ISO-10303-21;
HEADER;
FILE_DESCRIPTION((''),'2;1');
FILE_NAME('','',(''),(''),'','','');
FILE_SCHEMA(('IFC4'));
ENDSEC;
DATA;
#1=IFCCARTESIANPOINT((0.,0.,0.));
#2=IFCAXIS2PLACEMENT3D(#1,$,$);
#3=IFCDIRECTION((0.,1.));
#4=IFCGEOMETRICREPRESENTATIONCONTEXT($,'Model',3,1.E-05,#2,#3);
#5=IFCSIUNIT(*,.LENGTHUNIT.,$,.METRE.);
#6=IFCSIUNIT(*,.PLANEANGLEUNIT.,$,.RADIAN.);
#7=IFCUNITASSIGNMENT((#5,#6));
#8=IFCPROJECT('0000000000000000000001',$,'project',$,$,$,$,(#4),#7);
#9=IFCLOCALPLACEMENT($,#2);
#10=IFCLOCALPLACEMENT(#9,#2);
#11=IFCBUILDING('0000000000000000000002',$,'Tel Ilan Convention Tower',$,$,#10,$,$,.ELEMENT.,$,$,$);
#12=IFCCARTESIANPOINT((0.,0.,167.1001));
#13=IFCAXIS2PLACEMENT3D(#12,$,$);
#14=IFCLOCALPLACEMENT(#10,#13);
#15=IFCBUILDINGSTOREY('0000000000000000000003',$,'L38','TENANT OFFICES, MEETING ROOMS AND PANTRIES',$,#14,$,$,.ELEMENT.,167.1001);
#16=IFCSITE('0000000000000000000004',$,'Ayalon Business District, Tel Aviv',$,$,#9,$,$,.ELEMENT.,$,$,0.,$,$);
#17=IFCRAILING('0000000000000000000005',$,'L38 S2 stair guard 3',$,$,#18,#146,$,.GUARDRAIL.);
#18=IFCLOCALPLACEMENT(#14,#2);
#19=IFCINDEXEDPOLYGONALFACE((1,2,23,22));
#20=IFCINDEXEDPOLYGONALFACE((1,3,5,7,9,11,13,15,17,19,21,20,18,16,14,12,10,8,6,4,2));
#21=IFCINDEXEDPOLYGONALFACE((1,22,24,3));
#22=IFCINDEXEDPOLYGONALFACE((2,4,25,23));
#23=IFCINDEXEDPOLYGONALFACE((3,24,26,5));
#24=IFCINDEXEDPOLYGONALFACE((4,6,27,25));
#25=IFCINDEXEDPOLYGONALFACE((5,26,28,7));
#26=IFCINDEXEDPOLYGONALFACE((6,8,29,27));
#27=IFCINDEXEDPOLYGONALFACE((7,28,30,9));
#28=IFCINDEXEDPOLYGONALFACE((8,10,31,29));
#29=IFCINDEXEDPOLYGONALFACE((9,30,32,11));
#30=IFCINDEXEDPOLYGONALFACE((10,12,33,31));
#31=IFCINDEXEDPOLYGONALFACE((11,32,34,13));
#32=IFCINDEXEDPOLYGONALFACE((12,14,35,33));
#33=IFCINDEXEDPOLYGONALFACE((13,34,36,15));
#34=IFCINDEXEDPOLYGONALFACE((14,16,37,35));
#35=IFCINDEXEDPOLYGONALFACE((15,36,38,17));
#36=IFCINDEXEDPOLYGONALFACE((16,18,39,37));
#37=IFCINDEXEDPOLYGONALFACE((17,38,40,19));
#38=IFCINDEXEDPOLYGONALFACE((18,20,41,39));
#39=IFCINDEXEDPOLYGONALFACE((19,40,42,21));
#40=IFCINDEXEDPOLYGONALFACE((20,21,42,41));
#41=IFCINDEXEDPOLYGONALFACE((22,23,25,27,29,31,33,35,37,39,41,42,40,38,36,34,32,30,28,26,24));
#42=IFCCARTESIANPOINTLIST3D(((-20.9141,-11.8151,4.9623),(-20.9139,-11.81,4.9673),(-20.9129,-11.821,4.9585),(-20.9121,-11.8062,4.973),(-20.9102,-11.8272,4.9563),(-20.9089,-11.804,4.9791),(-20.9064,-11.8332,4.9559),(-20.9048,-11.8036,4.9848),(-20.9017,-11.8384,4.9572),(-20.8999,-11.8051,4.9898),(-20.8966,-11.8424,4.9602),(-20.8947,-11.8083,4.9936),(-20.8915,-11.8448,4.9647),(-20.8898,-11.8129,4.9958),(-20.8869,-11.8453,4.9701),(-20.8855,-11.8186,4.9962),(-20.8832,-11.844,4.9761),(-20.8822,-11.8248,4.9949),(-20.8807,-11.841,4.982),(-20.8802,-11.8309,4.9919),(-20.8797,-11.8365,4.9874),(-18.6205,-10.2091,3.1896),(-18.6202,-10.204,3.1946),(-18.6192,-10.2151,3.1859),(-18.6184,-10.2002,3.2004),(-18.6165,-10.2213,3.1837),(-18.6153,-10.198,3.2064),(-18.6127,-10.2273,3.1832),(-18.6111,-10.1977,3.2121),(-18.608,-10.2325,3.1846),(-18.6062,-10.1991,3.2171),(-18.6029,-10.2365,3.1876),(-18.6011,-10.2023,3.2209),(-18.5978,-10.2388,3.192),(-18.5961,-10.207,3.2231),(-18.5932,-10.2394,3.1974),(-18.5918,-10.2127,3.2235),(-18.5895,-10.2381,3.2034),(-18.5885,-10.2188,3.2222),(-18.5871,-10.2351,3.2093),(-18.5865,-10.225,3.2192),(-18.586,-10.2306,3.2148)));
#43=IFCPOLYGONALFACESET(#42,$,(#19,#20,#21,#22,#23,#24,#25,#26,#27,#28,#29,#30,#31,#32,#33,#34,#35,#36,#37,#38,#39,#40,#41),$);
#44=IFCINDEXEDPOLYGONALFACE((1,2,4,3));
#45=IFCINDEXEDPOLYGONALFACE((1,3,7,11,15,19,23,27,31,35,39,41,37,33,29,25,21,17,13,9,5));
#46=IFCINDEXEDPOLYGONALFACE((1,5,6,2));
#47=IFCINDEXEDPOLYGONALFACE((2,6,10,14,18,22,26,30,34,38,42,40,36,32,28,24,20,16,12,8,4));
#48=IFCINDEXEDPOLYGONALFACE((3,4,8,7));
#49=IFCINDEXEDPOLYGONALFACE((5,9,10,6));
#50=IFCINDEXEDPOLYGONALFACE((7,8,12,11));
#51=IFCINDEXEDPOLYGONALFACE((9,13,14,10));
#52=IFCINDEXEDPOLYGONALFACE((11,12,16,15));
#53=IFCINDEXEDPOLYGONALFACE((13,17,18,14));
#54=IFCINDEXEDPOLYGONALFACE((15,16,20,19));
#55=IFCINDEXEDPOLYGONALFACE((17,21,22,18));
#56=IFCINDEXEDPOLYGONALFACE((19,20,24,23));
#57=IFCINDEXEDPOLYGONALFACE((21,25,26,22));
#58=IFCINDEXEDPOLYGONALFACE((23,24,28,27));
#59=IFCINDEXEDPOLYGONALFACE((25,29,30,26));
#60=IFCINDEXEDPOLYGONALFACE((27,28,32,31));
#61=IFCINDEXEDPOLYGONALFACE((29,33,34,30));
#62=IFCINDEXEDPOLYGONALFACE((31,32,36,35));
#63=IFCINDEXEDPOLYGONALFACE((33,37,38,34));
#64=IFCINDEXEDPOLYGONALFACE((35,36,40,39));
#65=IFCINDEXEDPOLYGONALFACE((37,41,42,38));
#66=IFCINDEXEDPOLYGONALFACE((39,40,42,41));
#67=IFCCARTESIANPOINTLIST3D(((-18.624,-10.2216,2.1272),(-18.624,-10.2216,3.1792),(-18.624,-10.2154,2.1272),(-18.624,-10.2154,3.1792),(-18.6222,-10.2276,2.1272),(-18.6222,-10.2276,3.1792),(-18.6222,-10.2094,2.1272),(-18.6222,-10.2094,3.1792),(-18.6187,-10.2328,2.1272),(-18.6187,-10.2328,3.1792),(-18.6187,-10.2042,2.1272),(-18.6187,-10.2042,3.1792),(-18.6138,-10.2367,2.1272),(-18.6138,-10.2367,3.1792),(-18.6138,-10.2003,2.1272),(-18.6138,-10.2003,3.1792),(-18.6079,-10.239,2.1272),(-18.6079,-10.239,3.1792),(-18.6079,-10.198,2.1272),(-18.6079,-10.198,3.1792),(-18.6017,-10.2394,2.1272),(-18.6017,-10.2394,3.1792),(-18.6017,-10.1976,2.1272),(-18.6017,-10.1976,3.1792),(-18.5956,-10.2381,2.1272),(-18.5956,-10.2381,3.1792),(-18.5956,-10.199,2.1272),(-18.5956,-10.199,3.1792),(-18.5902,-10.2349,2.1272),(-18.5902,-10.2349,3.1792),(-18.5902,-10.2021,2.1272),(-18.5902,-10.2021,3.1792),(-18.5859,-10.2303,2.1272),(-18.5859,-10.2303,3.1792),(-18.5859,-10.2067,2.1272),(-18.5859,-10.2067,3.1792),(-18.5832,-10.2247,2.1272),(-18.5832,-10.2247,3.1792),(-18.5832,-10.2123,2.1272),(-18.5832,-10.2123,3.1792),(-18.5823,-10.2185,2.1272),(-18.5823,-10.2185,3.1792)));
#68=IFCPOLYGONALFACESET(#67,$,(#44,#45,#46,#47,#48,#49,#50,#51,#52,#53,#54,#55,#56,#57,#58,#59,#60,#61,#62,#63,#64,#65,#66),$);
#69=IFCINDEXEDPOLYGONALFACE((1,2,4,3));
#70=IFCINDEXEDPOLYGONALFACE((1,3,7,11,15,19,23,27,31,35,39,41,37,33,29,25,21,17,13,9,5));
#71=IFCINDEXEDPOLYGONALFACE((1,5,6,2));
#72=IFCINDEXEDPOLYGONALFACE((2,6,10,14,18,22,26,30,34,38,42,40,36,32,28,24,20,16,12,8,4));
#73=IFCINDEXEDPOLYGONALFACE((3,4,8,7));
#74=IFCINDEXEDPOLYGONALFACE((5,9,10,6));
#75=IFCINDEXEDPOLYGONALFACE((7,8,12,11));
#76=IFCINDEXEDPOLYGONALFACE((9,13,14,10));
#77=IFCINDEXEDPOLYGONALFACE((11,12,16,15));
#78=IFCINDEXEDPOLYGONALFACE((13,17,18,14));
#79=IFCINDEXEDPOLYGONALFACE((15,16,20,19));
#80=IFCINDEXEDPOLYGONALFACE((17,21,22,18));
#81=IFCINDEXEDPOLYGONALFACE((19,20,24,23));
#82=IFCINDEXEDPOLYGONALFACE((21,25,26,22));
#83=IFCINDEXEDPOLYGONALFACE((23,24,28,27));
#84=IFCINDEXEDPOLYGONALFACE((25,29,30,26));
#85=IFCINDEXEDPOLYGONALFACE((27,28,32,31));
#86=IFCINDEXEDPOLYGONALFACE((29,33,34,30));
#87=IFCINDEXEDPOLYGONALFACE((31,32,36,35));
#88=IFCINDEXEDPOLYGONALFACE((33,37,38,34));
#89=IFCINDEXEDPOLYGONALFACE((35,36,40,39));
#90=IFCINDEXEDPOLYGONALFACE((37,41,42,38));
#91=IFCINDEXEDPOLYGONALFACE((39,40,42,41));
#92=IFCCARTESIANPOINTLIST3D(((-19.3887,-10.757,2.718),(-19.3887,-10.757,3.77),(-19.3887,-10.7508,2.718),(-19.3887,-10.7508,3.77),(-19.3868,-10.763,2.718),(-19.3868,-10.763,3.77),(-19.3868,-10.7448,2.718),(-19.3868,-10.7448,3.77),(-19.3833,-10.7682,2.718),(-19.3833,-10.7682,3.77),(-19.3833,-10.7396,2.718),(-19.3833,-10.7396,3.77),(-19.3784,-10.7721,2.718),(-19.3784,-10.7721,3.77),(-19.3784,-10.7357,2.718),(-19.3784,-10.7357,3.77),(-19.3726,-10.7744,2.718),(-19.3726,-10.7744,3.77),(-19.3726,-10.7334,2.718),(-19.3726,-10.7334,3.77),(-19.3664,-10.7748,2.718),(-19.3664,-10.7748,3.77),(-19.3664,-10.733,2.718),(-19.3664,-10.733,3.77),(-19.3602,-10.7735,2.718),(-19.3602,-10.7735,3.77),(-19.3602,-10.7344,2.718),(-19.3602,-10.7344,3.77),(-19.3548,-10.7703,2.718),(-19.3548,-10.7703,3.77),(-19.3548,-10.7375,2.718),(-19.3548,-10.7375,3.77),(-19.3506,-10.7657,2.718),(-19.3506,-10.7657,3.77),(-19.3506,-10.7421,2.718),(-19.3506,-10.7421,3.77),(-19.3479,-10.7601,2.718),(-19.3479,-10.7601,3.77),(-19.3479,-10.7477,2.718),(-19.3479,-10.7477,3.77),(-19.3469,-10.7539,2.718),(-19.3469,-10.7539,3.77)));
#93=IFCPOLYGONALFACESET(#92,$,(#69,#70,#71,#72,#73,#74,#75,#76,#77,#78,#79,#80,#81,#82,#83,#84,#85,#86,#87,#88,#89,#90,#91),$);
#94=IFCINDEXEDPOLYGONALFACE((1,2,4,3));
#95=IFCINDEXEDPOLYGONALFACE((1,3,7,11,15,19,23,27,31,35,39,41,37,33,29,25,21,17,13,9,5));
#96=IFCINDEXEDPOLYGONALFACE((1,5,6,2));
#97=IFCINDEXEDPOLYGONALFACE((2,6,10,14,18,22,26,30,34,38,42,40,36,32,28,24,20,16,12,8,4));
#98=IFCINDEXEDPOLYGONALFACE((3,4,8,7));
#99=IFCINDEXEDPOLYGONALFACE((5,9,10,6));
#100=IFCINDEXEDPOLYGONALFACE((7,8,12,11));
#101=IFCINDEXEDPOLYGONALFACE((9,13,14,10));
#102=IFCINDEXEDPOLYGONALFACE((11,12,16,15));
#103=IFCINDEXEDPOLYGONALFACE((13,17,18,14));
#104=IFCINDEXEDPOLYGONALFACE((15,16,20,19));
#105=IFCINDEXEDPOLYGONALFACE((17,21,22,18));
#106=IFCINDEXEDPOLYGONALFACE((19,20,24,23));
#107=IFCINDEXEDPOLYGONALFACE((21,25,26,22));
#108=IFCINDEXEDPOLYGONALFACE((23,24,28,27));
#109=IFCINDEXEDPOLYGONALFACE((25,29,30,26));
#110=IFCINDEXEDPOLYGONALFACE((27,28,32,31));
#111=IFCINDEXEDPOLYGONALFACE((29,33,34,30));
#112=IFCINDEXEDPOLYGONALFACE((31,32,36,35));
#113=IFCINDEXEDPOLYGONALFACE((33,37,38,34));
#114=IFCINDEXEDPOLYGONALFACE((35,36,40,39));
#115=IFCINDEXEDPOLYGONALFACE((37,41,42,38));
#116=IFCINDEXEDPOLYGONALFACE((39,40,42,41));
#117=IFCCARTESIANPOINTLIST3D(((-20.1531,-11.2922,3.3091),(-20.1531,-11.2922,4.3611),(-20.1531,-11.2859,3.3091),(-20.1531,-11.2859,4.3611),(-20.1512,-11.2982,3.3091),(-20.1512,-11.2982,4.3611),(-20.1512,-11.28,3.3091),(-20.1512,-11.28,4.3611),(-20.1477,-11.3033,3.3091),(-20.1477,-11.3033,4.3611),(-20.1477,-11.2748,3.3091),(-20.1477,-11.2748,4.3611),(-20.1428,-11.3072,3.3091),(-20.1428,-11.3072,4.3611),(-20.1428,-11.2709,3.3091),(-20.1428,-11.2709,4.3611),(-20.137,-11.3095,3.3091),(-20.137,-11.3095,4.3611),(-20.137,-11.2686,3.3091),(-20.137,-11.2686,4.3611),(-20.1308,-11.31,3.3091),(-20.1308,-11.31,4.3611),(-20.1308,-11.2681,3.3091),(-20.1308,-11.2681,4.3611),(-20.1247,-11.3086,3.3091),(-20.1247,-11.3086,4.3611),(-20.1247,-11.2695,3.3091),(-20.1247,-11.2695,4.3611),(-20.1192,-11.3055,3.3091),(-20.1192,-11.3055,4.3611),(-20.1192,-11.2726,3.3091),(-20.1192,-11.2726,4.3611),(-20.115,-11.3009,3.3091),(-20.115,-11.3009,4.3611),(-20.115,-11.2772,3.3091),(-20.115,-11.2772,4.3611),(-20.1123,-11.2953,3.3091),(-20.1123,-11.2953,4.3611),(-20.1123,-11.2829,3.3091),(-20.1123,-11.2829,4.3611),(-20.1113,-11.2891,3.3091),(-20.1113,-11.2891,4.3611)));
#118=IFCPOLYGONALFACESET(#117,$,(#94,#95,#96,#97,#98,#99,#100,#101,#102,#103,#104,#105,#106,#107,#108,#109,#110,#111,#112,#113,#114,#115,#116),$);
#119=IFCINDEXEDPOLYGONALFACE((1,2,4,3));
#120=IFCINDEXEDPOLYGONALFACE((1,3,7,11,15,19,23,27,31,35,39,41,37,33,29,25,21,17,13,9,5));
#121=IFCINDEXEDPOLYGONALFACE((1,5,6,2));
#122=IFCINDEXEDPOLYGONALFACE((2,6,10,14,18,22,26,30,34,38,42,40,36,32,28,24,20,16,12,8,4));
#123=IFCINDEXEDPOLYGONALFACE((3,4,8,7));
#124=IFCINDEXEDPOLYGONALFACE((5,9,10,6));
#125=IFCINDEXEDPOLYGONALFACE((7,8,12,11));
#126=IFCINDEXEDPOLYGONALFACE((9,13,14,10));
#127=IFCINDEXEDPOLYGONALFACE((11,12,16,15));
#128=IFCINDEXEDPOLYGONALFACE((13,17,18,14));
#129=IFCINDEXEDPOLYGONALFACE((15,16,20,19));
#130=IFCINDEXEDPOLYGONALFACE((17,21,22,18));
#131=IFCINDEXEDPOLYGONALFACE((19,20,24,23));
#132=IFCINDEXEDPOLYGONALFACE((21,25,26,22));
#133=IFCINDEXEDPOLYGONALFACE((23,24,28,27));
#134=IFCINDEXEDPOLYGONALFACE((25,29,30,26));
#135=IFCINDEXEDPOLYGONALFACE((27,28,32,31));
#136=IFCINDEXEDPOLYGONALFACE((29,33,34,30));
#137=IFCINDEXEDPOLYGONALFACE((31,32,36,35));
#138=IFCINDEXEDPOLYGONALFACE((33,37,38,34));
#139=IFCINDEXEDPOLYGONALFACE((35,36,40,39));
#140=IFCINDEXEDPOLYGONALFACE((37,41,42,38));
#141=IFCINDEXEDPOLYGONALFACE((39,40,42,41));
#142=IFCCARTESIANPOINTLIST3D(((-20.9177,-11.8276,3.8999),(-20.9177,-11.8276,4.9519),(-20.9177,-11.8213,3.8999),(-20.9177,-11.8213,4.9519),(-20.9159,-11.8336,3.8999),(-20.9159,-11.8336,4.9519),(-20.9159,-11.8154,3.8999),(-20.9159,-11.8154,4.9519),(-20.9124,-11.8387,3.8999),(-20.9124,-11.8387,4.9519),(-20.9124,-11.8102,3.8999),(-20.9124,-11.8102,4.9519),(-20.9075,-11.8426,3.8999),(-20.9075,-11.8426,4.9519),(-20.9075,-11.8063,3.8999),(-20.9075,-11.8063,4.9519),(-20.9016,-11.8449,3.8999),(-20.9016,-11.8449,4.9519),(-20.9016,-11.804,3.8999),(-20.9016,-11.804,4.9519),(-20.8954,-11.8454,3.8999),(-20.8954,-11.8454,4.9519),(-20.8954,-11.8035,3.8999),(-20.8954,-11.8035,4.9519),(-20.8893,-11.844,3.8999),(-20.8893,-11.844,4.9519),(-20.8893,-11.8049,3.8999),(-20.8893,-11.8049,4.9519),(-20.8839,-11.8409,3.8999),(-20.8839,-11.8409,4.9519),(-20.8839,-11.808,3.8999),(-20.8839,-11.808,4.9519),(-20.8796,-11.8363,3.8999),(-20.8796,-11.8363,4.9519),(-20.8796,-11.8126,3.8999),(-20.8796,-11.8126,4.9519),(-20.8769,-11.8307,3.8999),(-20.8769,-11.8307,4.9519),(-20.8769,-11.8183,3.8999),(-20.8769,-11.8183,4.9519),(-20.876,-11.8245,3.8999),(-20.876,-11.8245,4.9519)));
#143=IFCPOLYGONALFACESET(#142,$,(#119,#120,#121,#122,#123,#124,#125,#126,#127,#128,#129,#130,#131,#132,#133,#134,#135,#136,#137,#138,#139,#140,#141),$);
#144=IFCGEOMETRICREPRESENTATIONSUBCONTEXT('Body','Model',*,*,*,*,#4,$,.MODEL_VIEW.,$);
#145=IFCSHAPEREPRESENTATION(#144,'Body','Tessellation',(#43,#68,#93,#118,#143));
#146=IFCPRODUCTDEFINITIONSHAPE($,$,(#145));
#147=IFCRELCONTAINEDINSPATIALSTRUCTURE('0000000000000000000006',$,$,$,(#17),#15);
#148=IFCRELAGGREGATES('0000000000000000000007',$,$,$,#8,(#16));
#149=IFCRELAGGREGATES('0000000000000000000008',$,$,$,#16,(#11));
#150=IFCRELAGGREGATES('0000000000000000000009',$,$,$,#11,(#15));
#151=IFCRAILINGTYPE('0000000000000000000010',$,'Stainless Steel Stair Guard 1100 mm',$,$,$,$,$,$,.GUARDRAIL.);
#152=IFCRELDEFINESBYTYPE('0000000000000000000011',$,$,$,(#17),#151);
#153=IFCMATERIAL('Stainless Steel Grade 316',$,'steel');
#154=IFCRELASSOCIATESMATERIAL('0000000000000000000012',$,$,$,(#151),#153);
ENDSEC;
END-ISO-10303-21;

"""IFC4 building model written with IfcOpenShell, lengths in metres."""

from ifc_helpers import new_model, si_unit, direction, frame, origin, origin_2d, place, context, subcontext, project, spatial, circle, extrude, material, type_object, element, save


model = new_model("IFC4")

# Units and contexts
model_context = context("Model", 3, precision=1e-05, world=origin(), true_north=direction((0.0, 1.0)))
body_context = subcontext(model_context, "Body", "Model", "MODEL_VIEW")
ifc_project = project(units=[si_unit("LENGTHUNIT", "METRE"), si_unit("PLANEANGLEUNIT", "RADIAN")], contexts=[model_context])

# Site, building, storey
site_placement = place(None, origin())
site = spatial("IfcSite", under=ifc_project, at=site_placement, Name="Ayalon Business District, Tel Aviv", CompositionType="ELEMENT", RefElevation=0.0)
building_placement = place(site_placement, origin())
building = spatial("IfcBuilding", under=site, at=building_placement, Name="Tel Ilan Convention Tower", CompositionType="ELEMENT")
storey_placement = place(building_placement, frame((0.0, 0.0, 167.1001)))
storey = spatial("IfcBuildingStorey", under=building, at=storey_placement, Name="L38", Description="TENANT OFFICES, MEETING ROOMS AND PANTRIES", CompositionType="ELEMENT", Elevation=167.1001)

# Railing
ifc_material_1 = material(Name="Stainless Steel Grade 316", Category="steel")
railing_type_1 = type_object("IfcRailingType", Name="Stainless Steel Stair Guard 1100 mm", PredefinedType="GUARDRAIL", material=ifc_material_1)
railing_1_placement = place(storey_placement, frame((-18.6033, -10.2185, 2.1272)))
element("IfcRailing", 1, at=railing_1_placement, inside=storey, type_object=railing_type_1, Name="L38 S2 stair guard 3", PredefinedType="GUARDRAIL", context=body_context, shape_type="SweptSolid", body=[
    extrude(circle(Radius=0.0239, at=origin_2d()), frame((0.0, 0.0, 1.0762), z_axis=(-0.692123, -0.484597, 0.534913), x_axis=(0.57355, -0.81917, 0.0)), (0.0, 0.0, 1.0), 3.314),
    extrude(circle(Radius=0.021, at=origin_2d()), origin(), (0.0, 0.0, 1.0), 1.052),
    extrude(circle(Radius=0.021, at=origin_2d()), frame((-0.7646, -0.5354, 0.5908)), (0.0, 0.0, 1.0), 1.052),
    extrude(circle(Radius=0.021, at=origin_2d()), frame((-1.5291, -1.0706, 1.1819)), (0.0, 0.0, 1.0), 1.052),
    extrude(circle(Radius=0.021, at=origin_2d()), frame((-2.2937, -1.606, 1.7727)), (0.0, 0.0, 1.0), 1.052),
])

save(model, "model.ifc")
